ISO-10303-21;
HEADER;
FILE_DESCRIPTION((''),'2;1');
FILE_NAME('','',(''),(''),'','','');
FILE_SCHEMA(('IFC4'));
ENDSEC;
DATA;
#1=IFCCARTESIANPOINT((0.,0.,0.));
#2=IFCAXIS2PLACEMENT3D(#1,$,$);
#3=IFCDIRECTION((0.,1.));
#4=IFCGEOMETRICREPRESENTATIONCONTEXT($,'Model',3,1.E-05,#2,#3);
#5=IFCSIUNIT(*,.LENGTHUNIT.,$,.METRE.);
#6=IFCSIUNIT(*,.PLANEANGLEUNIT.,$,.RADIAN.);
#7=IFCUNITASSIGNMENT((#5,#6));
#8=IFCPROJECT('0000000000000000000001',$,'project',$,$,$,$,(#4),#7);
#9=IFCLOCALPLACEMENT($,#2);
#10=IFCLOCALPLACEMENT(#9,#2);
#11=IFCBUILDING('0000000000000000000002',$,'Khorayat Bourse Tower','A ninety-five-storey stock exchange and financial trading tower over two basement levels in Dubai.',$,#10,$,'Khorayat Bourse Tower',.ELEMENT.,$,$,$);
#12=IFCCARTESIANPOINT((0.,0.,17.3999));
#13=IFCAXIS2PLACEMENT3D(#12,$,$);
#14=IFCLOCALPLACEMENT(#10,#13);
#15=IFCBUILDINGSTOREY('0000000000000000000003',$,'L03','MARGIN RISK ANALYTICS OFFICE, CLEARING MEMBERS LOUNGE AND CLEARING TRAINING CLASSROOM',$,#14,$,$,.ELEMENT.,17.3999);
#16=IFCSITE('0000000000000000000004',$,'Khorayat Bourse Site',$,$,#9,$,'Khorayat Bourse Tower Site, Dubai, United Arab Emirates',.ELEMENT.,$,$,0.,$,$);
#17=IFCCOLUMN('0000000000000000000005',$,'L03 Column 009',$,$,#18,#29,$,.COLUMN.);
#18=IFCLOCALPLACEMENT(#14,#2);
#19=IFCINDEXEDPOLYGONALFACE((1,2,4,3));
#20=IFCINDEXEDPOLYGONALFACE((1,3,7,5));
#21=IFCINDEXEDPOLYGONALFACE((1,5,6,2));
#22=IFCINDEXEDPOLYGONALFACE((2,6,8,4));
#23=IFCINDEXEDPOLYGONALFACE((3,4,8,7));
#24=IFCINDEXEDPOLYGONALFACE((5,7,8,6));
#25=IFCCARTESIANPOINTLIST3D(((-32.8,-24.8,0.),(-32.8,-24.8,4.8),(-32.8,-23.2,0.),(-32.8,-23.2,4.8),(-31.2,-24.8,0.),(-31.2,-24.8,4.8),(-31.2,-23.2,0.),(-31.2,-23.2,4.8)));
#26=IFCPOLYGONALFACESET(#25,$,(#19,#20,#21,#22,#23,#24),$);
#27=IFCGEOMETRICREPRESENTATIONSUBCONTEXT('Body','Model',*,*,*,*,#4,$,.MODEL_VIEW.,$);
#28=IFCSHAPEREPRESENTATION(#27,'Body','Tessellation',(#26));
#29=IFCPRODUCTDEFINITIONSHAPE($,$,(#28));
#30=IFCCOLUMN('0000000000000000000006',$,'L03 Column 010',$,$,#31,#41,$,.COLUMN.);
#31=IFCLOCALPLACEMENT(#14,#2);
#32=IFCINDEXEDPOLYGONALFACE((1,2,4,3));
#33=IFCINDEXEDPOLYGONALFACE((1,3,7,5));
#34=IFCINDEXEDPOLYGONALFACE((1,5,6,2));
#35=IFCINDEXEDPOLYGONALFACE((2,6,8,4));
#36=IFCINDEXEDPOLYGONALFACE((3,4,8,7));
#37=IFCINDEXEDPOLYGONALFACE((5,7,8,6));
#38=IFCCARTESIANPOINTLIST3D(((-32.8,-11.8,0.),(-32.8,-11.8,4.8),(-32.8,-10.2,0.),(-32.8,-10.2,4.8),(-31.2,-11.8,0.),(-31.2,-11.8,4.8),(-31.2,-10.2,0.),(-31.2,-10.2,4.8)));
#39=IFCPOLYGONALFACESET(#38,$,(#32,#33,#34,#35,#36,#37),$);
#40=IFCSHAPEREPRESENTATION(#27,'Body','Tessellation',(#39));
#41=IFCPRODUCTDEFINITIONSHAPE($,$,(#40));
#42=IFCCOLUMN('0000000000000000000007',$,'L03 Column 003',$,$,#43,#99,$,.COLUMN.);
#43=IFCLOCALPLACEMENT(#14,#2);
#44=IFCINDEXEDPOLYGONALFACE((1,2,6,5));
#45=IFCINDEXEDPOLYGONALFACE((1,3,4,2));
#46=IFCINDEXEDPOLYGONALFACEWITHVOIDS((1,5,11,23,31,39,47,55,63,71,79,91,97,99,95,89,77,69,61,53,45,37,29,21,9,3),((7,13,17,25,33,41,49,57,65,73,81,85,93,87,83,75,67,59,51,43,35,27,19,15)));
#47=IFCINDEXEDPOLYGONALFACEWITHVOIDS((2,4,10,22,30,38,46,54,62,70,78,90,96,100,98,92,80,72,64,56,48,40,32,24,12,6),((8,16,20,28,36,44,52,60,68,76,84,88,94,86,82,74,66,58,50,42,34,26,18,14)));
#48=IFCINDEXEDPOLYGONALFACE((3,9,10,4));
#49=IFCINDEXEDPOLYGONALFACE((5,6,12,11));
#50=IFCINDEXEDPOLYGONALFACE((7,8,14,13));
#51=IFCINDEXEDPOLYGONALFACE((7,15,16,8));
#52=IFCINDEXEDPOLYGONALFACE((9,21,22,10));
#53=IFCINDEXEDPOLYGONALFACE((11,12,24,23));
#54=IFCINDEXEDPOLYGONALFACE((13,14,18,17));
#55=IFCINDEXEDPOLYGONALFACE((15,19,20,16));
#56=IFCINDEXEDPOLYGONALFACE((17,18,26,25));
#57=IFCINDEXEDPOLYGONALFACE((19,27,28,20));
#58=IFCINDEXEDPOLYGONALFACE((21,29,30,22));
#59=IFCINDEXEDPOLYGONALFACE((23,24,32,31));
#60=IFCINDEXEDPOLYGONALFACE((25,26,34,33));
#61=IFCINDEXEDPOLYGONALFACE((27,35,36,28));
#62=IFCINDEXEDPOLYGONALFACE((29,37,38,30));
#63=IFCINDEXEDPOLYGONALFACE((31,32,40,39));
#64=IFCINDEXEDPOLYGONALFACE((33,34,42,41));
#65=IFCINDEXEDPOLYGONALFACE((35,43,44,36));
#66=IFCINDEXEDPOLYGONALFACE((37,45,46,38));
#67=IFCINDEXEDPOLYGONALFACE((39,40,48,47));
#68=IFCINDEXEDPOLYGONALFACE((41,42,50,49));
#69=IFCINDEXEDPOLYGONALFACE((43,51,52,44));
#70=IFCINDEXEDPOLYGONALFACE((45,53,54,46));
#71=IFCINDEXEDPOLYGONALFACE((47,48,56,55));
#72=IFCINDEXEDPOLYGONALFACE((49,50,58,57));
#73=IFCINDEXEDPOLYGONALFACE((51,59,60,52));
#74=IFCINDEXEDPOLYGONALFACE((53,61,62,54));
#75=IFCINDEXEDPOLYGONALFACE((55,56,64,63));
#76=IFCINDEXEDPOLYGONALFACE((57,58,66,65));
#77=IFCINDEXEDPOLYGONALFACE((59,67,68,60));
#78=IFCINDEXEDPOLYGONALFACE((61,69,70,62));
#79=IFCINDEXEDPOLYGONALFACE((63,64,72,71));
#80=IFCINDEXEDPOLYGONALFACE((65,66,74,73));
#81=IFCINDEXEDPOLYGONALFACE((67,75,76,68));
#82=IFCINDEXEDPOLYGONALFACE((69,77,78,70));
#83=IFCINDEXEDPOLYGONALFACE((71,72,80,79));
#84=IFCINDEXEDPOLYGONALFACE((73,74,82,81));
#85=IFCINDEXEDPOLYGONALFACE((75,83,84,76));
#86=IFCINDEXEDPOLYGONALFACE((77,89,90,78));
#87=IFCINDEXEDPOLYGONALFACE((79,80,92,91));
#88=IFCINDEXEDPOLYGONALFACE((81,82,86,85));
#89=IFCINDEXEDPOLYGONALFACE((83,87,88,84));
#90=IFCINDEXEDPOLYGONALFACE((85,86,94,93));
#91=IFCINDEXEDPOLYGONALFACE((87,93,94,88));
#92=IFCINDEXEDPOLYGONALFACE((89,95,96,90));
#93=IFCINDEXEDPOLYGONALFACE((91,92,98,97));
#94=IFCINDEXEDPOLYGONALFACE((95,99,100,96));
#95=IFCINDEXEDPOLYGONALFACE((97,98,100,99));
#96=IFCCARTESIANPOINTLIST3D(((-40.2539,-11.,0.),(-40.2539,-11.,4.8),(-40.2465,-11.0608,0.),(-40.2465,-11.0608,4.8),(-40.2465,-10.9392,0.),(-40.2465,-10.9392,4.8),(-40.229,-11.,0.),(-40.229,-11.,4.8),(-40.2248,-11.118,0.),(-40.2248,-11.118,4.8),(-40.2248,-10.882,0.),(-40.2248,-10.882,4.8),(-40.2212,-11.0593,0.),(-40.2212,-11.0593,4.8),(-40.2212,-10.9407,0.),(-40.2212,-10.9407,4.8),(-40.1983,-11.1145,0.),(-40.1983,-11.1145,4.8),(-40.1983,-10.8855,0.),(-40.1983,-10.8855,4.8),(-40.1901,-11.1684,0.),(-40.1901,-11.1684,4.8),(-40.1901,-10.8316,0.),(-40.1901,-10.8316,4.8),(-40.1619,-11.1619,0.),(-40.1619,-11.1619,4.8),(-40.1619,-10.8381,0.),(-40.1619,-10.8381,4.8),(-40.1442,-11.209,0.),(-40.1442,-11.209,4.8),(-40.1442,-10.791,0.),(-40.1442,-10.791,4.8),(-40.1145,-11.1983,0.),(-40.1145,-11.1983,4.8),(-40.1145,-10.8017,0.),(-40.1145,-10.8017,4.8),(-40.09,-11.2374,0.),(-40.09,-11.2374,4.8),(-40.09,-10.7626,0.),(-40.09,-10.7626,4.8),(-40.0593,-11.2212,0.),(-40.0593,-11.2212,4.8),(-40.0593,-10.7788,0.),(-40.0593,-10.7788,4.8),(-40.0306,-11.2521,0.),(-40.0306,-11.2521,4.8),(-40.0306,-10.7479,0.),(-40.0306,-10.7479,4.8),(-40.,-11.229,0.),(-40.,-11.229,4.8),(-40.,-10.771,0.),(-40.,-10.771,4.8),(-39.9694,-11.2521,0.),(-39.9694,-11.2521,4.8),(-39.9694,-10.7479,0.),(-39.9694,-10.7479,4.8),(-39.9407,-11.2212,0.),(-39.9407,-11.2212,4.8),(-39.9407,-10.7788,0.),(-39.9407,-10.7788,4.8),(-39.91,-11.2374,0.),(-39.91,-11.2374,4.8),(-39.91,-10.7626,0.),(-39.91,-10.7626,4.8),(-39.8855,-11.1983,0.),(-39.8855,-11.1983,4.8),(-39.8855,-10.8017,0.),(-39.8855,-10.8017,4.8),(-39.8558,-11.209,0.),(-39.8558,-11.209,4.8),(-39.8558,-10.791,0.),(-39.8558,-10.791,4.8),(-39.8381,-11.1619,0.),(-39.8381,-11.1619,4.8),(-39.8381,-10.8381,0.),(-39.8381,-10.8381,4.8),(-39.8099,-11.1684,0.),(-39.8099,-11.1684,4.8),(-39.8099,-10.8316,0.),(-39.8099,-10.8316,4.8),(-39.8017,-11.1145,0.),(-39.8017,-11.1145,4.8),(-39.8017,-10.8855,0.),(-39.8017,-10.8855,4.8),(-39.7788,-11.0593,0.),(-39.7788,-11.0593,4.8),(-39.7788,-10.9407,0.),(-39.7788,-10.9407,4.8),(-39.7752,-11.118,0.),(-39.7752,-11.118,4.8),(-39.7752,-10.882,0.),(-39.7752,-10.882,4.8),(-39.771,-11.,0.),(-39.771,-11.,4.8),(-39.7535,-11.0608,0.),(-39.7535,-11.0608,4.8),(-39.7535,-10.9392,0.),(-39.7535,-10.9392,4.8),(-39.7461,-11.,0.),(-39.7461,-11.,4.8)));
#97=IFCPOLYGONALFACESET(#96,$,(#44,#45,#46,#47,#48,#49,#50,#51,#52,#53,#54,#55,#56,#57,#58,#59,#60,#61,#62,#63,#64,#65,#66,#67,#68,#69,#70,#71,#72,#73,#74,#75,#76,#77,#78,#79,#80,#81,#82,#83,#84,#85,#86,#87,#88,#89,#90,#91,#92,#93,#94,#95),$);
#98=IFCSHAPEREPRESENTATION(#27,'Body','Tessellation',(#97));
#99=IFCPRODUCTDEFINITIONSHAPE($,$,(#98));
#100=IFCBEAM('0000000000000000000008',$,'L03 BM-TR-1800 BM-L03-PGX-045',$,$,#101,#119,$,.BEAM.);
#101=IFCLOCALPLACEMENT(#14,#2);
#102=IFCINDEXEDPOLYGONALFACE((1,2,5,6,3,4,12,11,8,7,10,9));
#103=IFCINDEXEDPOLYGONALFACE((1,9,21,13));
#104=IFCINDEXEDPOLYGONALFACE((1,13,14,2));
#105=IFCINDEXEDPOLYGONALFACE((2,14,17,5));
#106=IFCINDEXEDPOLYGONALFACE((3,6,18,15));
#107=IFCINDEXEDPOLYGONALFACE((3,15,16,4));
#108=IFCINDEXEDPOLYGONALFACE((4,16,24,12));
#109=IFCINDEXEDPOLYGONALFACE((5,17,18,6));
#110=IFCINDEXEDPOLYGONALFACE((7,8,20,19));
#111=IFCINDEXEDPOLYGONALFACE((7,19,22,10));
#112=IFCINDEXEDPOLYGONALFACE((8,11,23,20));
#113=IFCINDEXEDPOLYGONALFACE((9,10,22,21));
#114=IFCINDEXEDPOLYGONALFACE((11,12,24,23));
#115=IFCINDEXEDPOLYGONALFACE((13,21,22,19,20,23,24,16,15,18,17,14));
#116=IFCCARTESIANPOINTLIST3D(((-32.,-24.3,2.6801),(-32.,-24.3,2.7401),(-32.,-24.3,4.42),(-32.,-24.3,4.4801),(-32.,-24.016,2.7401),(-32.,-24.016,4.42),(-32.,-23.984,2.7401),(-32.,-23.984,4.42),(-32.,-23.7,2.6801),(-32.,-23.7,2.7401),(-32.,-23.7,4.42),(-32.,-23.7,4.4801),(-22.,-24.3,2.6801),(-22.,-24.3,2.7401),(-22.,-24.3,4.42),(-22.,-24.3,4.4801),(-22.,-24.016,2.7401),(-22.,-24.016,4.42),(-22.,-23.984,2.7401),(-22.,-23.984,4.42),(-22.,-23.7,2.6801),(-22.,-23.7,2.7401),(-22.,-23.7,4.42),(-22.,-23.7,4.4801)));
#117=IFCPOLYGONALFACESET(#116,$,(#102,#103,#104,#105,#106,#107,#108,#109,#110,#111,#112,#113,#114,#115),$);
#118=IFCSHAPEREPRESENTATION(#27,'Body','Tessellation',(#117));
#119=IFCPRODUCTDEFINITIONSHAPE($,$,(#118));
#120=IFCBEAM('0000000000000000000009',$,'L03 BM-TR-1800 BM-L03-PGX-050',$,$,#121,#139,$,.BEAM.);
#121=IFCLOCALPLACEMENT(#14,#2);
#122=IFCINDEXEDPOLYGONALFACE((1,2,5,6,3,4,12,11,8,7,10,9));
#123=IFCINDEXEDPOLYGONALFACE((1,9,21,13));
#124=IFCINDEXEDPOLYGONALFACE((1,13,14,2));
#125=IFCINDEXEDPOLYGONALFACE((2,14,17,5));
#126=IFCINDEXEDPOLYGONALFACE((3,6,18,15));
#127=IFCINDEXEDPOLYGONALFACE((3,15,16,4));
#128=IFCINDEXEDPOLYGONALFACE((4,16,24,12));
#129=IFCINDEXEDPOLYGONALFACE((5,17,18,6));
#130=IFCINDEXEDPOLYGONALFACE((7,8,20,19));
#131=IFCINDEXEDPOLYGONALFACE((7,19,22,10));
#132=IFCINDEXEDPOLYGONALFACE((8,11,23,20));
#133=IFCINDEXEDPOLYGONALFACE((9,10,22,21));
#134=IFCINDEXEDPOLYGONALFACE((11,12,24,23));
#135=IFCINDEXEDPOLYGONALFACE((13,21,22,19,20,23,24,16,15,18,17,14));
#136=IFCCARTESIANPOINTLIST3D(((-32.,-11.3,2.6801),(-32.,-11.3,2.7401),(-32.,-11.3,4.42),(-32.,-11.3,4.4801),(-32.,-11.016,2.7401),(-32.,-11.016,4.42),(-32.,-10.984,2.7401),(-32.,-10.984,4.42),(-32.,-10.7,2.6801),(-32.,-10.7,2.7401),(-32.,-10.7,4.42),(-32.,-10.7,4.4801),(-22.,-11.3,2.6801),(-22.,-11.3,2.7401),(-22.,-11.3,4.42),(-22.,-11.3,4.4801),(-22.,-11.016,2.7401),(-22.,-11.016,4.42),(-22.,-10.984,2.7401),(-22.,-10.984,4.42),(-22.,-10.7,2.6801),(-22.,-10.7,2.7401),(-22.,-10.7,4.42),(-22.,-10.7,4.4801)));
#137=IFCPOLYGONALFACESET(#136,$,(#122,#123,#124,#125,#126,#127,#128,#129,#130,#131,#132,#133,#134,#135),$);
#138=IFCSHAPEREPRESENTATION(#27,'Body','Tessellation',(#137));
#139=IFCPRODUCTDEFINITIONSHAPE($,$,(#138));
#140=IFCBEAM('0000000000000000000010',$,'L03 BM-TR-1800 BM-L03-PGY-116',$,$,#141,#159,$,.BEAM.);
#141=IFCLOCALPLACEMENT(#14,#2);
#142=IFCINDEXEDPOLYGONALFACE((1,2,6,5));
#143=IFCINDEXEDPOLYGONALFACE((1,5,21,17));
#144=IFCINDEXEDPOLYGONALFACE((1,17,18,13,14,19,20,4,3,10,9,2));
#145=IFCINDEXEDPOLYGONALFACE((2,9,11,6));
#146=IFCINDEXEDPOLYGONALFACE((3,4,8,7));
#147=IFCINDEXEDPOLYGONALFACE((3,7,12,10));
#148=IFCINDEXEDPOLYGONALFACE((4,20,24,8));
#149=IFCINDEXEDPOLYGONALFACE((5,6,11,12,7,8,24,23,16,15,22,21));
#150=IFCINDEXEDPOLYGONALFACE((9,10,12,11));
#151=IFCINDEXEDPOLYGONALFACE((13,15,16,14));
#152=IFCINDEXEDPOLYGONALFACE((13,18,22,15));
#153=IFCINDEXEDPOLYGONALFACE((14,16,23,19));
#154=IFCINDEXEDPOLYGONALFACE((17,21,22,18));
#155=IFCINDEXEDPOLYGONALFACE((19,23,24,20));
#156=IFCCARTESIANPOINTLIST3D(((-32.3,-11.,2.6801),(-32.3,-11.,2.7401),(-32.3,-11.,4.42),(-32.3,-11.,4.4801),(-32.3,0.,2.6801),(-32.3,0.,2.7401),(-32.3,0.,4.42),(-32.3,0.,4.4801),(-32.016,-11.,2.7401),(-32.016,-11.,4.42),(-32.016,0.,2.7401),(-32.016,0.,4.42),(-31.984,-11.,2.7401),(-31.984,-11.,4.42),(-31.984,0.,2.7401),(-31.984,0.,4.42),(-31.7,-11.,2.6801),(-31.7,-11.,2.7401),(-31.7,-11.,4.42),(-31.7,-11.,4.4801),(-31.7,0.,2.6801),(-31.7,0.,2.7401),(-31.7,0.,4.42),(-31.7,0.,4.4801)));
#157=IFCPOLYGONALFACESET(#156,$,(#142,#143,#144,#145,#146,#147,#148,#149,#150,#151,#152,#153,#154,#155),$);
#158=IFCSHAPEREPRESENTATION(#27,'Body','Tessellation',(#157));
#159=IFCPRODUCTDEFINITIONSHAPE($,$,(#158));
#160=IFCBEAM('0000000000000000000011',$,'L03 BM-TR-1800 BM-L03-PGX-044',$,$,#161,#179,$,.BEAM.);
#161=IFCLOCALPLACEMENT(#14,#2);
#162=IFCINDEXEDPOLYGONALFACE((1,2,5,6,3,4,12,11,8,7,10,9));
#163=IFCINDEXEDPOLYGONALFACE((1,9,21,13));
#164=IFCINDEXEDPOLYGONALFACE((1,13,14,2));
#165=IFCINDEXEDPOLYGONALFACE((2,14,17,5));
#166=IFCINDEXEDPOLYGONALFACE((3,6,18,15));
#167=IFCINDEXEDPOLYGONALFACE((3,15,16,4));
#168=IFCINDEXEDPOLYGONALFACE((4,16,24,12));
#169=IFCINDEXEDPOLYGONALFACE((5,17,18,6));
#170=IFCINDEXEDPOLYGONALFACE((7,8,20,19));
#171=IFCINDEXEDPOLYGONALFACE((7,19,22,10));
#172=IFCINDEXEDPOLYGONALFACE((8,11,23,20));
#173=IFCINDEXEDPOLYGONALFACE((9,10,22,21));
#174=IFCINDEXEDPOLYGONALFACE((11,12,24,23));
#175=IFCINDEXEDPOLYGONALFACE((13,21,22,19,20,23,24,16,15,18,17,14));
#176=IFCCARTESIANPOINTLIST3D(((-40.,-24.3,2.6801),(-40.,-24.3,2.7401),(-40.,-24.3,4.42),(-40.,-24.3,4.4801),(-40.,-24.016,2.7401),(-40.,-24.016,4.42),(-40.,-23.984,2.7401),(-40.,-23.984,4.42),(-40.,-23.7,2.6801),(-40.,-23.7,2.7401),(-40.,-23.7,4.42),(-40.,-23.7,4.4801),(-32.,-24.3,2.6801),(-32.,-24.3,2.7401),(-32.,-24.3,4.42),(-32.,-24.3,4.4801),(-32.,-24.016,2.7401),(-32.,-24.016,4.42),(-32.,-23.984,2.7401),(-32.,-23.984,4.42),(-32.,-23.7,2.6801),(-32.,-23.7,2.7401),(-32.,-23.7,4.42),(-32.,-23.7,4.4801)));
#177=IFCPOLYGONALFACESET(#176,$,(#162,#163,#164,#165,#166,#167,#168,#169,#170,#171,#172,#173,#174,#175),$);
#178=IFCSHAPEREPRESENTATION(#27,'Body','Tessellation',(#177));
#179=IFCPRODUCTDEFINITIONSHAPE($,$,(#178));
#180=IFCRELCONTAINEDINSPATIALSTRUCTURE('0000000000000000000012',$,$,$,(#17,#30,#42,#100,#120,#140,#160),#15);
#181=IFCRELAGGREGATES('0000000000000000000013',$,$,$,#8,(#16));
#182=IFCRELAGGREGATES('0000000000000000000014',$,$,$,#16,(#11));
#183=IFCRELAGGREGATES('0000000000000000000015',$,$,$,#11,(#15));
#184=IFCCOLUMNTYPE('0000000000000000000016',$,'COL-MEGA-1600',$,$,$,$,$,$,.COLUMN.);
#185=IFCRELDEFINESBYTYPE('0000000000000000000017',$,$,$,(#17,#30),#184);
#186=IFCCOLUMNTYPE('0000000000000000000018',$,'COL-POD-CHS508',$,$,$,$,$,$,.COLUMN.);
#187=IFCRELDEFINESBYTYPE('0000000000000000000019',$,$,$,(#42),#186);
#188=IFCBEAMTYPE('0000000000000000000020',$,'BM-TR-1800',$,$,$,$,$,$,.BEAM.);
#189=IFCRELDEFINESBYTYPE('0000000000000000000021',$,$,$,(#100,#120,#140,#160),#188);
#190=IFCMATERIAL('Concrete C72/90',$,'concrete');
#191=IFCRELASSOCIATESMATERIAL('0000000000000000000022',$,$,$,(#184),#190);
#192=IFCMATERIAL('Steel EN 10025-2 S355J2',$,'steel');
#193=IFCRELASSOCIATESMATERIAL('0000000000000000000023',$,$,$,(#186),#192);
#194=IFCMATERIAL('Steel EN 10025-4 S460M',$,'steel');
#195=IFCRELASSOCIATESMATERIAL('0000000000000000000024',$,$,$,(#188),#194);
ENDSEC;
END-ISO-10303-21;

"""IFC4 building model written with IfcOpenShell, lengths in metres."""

from ifc_helpers import new_model, si_unit, direction, frame, origin, origin_2d, place, context, subcontext, project, spatial, rectangle, hollow_circle, i_section, extrude, source, transform, mapped, material, material_profile, profile_set, type_object, element, save


model = new_model("IFC4")

# Units and contexts
model_context = context("Model", 3, precision=1e-05, world=origin(), true_north=direction((0.0, 1.0)))
body_context = subcontext(model_context, "Body", "Model", "MODEL_VIEW")
ifc_project = project(units=[si_unit("LENGTHUNIT", "METRE"), si_unit("PLANEANGLEUNIT", "RADIAN")], contexts=[model_context])

# Site, building, storey
site_placement = place(None, origin())
site = spatial("IfcSite", under=ifc_project, at=site_placement, Name="Khorayat Bourse Site", LongName="Khorayat Bourse Tower Site, Dubai, United Arab Emirates", CompositionType="ELEMENT", RefElevation=0.0)
building_placement = place(site_placement, origin())
building = spatial("IfcBuilding", under=site, at=building_placement, Name="Khorayat Bourse Tower", Description="A ninety-five-storey stock exchange and financial trading tower over two basement levels in Dubai.", LongName="Khorayat Bourse Tower", CompositionType="ELEMENT")
storey_placement = place(building_placement, frame((0.0, 0.0, 17.3999)))
storey = spatial("IfcBuildingStorey", under=building, at=storey_placement, Name="L03", Description="MARGIN RISK ANALYTICS OFFICE, CLEARING MEMBERS LOUNGE AND CLEARING TRAINING CLASSROOM", CompositionType="ELEMENT", Elevation=17.3999)

# Columns
ifc_material_1 = material(Name="Concrete C72/90", Category="concrete")
ifc_material_profile_1 = material_profile(ifc_material_1, rectangle(XDim=1.6001, YDim=1.6001, at=origin_2d()), Name="RC 1600x1600")
ifc_profile_set_1 = profile_set([ifc_material_profile_1], Name="Concrete C72/90")
column_type_1 = type_object("IfcColumnType", Name="COL-MEGA-1600", PredefinedType="COLUMN", material=ifc_profile_set_1)
shared_shape_1 = source(origin(), body_context, "Body", "SweptSolid", [
    extrude(rectangle(XDim=1.6001, YDim=1.6001, at=origin_2d()), origin(), (0.0, 0.0, 1.0), 4.8),
])
for number, where, z_axis, x_axis, name in (
    (1, (-32.0, -24.0, 0.0), (0.0, 0.0, 1.0), (1.0, 0.0, 0.0), "L03 Column 009"),
    (2, (-32.0, -11.0, 0.0), (0.0, 0.0, 1.0), (1.0, 0.0, 0.0), "L03 Column 010"),
):
    element("IfcColumn", number, at=place(storey_placement, frame(where, z_axis=z_axis, x_axis=x_axis)), inside=storey, type_object=column_type_1, Name=name, PredefinedType="COLUMN", context=body_context, shape_type="MappedRepresentation", body=[
        mapped(shared_shape_1, transform((0.0, 0.0, 0.0), scale=1.0)),
    ])
ifc_material_2 = material(Name="Steel EN 10025-2 S355J2", Category="steel")
ifc_material_profile_2 = material_profile(ifc_material_2, hollow_circle(Radius=0.2539, WallThickness=0.0249, at=origin_2d()), Name="CHS 508x25")
ifc_profile_set_2 = profile_set([ifc_material_profile_2], Name="Steel EN 10025-2 S355J2")
column_type_2 = type_object("IfcColumnType", Name="COL-POD-CHS508", PredefinedType="COLUMN", material=ifc_profile_set_2)
shared_shape_2 = source(origin(), body_context, "Body", "SweptSolid", [
    extrude(hollow_circle(Radius=0.2539, WallThickness=0.0249, at=origin_2d()), origin(), (0.0, 0.0, 1.0), 4.8),
])
column_placement = place(storey_placement, frame((-40.0, -11.0, 0.0), z_axis=(0.0, 0.0, 1.0), x_axis=(1.0, 0.0, 0.0)))
element("IfcColumn", 3, at=column_placement, inside=storey, type_object=column_type_2, Name="L03 Column 003", PredefinedType="COLUMN", context=body_context, shape_type="MappedRepresentation", body=[
    mapped(shared_shape_2, transform((0.0, 0.0, 0.0), scale=1.0)),
])

# Beams
ifc_material_3 = material(Name="Steel EN 10025-4 S460M", Category="steel")
ifc_material_profile_3 = material_profile(ifc_material_3, i_section(OverallWidth=0.6001, OverallDepth=1.8, WebThickness=0.032, FlangeThickness=0.0601, at=origin_2d()), Name="PG 1800x600x32x60")
ifc_profile_set_3 = profile_set([ifc_material_profile_3], Name="Steel EN 10025-4 S460M")
beam_type_1 = type_object("IfcBeamType", Name="BM-TR-1800", PredefinedType="BEAM", material=ifc_profile_set_3)
shared_shape_3 = source(origin(), body_context, "Body", "SweptSolid", [
    extrude(i_section(OverallWidth=0.6001, OverallDepth=1.8, WebThickness=0.032, FlangeThickness=0.0601, at=origin_2d()), origin(), (0.0, 0.0, 1.0), 10.0),
])
for number, where, z_axis, x_axis, name in (
    (4, (-32.0, -24.0, 3.5801), (1.0, 0.0, 0.0), (0.0, 1.0, 0.0), "L03 BM-TR-1800 BM-L03-PGX-045"),
    (5, (-32.0, -11.0, 3.5801), (1.0, 0.0, 0.0), (0.0, 1.0, 0.0), "L03 BM-TR-1800 BM-L03-PGX-050"),
):
    element("IfcBeam", number, at=place(storey_placement, frame(where, z_axis=z_axis, x_axis=x_axis)), inside=storey, type_object=beam_type_1, Name=name, PredefinedType="BEAM", context=body_context, shape_type="MappedRepresentation", body=[
        mapped(shared_shape_3, transform((0.0, 0.0, 0.0), scale=1.0)),
    ])
shared_shape_4 = source(origin(), body_context, "Body", "SweptSolid", [
    extrude(i_section(OverallWidth=0.6001, OverallDepth=1.8, WebThickness=0.032, FlangeThickness=0.0601, at=origin_2d()), origin(), (0.0, 0.0, 1.0), 11.0),
])
beam_1_placement = place(storey_placement, frame((-32.0, -11.0, 3.5801), z_axis=(0.0, 1.0, 0.0), x_axis=(-1.0, 0.0, 0.0)))
element("IfcBeam", 6, at=beam_1_placement, inside=storey, type_object=beam_type_1, Name="L03 BM-TR-1800 BM-L03-PGY-116", PredefinedType="BEAM", context=body_context, shape_type="MappedRepresentation", body=[
    mapped(shared_shape_4, transform((0.0, 0.0, 0.0), scale=1.0)),
])
shared_shape_5 = source(origin(), body_context, "Body", "SweptSolid", [
    extrude(i_section(OverallWidth=0.6001, OverallDepth=1.8, WebThickness=0.032, FlangeThickness=0.0601, at=origin_2d()), origin(), (0.0, 0.0, 1.0), 8.0),
])
for number, where, z_axis, x_axis, name in (
    (7, (-40.0, -24.0, 3.5801), (1.0, 0.0, 0.0), (0.0, 1.0, 0.0), "L03 BM-TR-1800 BM-L03-PGX-044"),
):
    element("IfcBeam", number, at=place(storey_placement, frame(where, z_axis=z_axis, x_axis=x_axis)), inside=storey, type_object=beam_type_1, Name=name, PredefinedType="BEAM", context=body_context, shape_type="MappedRepresentation", body=[
        mapped(shared_shape_5, transform((0.0, 0.0, 0.0), scale=1.0)),
    ])

save(model, "model.ifc")
